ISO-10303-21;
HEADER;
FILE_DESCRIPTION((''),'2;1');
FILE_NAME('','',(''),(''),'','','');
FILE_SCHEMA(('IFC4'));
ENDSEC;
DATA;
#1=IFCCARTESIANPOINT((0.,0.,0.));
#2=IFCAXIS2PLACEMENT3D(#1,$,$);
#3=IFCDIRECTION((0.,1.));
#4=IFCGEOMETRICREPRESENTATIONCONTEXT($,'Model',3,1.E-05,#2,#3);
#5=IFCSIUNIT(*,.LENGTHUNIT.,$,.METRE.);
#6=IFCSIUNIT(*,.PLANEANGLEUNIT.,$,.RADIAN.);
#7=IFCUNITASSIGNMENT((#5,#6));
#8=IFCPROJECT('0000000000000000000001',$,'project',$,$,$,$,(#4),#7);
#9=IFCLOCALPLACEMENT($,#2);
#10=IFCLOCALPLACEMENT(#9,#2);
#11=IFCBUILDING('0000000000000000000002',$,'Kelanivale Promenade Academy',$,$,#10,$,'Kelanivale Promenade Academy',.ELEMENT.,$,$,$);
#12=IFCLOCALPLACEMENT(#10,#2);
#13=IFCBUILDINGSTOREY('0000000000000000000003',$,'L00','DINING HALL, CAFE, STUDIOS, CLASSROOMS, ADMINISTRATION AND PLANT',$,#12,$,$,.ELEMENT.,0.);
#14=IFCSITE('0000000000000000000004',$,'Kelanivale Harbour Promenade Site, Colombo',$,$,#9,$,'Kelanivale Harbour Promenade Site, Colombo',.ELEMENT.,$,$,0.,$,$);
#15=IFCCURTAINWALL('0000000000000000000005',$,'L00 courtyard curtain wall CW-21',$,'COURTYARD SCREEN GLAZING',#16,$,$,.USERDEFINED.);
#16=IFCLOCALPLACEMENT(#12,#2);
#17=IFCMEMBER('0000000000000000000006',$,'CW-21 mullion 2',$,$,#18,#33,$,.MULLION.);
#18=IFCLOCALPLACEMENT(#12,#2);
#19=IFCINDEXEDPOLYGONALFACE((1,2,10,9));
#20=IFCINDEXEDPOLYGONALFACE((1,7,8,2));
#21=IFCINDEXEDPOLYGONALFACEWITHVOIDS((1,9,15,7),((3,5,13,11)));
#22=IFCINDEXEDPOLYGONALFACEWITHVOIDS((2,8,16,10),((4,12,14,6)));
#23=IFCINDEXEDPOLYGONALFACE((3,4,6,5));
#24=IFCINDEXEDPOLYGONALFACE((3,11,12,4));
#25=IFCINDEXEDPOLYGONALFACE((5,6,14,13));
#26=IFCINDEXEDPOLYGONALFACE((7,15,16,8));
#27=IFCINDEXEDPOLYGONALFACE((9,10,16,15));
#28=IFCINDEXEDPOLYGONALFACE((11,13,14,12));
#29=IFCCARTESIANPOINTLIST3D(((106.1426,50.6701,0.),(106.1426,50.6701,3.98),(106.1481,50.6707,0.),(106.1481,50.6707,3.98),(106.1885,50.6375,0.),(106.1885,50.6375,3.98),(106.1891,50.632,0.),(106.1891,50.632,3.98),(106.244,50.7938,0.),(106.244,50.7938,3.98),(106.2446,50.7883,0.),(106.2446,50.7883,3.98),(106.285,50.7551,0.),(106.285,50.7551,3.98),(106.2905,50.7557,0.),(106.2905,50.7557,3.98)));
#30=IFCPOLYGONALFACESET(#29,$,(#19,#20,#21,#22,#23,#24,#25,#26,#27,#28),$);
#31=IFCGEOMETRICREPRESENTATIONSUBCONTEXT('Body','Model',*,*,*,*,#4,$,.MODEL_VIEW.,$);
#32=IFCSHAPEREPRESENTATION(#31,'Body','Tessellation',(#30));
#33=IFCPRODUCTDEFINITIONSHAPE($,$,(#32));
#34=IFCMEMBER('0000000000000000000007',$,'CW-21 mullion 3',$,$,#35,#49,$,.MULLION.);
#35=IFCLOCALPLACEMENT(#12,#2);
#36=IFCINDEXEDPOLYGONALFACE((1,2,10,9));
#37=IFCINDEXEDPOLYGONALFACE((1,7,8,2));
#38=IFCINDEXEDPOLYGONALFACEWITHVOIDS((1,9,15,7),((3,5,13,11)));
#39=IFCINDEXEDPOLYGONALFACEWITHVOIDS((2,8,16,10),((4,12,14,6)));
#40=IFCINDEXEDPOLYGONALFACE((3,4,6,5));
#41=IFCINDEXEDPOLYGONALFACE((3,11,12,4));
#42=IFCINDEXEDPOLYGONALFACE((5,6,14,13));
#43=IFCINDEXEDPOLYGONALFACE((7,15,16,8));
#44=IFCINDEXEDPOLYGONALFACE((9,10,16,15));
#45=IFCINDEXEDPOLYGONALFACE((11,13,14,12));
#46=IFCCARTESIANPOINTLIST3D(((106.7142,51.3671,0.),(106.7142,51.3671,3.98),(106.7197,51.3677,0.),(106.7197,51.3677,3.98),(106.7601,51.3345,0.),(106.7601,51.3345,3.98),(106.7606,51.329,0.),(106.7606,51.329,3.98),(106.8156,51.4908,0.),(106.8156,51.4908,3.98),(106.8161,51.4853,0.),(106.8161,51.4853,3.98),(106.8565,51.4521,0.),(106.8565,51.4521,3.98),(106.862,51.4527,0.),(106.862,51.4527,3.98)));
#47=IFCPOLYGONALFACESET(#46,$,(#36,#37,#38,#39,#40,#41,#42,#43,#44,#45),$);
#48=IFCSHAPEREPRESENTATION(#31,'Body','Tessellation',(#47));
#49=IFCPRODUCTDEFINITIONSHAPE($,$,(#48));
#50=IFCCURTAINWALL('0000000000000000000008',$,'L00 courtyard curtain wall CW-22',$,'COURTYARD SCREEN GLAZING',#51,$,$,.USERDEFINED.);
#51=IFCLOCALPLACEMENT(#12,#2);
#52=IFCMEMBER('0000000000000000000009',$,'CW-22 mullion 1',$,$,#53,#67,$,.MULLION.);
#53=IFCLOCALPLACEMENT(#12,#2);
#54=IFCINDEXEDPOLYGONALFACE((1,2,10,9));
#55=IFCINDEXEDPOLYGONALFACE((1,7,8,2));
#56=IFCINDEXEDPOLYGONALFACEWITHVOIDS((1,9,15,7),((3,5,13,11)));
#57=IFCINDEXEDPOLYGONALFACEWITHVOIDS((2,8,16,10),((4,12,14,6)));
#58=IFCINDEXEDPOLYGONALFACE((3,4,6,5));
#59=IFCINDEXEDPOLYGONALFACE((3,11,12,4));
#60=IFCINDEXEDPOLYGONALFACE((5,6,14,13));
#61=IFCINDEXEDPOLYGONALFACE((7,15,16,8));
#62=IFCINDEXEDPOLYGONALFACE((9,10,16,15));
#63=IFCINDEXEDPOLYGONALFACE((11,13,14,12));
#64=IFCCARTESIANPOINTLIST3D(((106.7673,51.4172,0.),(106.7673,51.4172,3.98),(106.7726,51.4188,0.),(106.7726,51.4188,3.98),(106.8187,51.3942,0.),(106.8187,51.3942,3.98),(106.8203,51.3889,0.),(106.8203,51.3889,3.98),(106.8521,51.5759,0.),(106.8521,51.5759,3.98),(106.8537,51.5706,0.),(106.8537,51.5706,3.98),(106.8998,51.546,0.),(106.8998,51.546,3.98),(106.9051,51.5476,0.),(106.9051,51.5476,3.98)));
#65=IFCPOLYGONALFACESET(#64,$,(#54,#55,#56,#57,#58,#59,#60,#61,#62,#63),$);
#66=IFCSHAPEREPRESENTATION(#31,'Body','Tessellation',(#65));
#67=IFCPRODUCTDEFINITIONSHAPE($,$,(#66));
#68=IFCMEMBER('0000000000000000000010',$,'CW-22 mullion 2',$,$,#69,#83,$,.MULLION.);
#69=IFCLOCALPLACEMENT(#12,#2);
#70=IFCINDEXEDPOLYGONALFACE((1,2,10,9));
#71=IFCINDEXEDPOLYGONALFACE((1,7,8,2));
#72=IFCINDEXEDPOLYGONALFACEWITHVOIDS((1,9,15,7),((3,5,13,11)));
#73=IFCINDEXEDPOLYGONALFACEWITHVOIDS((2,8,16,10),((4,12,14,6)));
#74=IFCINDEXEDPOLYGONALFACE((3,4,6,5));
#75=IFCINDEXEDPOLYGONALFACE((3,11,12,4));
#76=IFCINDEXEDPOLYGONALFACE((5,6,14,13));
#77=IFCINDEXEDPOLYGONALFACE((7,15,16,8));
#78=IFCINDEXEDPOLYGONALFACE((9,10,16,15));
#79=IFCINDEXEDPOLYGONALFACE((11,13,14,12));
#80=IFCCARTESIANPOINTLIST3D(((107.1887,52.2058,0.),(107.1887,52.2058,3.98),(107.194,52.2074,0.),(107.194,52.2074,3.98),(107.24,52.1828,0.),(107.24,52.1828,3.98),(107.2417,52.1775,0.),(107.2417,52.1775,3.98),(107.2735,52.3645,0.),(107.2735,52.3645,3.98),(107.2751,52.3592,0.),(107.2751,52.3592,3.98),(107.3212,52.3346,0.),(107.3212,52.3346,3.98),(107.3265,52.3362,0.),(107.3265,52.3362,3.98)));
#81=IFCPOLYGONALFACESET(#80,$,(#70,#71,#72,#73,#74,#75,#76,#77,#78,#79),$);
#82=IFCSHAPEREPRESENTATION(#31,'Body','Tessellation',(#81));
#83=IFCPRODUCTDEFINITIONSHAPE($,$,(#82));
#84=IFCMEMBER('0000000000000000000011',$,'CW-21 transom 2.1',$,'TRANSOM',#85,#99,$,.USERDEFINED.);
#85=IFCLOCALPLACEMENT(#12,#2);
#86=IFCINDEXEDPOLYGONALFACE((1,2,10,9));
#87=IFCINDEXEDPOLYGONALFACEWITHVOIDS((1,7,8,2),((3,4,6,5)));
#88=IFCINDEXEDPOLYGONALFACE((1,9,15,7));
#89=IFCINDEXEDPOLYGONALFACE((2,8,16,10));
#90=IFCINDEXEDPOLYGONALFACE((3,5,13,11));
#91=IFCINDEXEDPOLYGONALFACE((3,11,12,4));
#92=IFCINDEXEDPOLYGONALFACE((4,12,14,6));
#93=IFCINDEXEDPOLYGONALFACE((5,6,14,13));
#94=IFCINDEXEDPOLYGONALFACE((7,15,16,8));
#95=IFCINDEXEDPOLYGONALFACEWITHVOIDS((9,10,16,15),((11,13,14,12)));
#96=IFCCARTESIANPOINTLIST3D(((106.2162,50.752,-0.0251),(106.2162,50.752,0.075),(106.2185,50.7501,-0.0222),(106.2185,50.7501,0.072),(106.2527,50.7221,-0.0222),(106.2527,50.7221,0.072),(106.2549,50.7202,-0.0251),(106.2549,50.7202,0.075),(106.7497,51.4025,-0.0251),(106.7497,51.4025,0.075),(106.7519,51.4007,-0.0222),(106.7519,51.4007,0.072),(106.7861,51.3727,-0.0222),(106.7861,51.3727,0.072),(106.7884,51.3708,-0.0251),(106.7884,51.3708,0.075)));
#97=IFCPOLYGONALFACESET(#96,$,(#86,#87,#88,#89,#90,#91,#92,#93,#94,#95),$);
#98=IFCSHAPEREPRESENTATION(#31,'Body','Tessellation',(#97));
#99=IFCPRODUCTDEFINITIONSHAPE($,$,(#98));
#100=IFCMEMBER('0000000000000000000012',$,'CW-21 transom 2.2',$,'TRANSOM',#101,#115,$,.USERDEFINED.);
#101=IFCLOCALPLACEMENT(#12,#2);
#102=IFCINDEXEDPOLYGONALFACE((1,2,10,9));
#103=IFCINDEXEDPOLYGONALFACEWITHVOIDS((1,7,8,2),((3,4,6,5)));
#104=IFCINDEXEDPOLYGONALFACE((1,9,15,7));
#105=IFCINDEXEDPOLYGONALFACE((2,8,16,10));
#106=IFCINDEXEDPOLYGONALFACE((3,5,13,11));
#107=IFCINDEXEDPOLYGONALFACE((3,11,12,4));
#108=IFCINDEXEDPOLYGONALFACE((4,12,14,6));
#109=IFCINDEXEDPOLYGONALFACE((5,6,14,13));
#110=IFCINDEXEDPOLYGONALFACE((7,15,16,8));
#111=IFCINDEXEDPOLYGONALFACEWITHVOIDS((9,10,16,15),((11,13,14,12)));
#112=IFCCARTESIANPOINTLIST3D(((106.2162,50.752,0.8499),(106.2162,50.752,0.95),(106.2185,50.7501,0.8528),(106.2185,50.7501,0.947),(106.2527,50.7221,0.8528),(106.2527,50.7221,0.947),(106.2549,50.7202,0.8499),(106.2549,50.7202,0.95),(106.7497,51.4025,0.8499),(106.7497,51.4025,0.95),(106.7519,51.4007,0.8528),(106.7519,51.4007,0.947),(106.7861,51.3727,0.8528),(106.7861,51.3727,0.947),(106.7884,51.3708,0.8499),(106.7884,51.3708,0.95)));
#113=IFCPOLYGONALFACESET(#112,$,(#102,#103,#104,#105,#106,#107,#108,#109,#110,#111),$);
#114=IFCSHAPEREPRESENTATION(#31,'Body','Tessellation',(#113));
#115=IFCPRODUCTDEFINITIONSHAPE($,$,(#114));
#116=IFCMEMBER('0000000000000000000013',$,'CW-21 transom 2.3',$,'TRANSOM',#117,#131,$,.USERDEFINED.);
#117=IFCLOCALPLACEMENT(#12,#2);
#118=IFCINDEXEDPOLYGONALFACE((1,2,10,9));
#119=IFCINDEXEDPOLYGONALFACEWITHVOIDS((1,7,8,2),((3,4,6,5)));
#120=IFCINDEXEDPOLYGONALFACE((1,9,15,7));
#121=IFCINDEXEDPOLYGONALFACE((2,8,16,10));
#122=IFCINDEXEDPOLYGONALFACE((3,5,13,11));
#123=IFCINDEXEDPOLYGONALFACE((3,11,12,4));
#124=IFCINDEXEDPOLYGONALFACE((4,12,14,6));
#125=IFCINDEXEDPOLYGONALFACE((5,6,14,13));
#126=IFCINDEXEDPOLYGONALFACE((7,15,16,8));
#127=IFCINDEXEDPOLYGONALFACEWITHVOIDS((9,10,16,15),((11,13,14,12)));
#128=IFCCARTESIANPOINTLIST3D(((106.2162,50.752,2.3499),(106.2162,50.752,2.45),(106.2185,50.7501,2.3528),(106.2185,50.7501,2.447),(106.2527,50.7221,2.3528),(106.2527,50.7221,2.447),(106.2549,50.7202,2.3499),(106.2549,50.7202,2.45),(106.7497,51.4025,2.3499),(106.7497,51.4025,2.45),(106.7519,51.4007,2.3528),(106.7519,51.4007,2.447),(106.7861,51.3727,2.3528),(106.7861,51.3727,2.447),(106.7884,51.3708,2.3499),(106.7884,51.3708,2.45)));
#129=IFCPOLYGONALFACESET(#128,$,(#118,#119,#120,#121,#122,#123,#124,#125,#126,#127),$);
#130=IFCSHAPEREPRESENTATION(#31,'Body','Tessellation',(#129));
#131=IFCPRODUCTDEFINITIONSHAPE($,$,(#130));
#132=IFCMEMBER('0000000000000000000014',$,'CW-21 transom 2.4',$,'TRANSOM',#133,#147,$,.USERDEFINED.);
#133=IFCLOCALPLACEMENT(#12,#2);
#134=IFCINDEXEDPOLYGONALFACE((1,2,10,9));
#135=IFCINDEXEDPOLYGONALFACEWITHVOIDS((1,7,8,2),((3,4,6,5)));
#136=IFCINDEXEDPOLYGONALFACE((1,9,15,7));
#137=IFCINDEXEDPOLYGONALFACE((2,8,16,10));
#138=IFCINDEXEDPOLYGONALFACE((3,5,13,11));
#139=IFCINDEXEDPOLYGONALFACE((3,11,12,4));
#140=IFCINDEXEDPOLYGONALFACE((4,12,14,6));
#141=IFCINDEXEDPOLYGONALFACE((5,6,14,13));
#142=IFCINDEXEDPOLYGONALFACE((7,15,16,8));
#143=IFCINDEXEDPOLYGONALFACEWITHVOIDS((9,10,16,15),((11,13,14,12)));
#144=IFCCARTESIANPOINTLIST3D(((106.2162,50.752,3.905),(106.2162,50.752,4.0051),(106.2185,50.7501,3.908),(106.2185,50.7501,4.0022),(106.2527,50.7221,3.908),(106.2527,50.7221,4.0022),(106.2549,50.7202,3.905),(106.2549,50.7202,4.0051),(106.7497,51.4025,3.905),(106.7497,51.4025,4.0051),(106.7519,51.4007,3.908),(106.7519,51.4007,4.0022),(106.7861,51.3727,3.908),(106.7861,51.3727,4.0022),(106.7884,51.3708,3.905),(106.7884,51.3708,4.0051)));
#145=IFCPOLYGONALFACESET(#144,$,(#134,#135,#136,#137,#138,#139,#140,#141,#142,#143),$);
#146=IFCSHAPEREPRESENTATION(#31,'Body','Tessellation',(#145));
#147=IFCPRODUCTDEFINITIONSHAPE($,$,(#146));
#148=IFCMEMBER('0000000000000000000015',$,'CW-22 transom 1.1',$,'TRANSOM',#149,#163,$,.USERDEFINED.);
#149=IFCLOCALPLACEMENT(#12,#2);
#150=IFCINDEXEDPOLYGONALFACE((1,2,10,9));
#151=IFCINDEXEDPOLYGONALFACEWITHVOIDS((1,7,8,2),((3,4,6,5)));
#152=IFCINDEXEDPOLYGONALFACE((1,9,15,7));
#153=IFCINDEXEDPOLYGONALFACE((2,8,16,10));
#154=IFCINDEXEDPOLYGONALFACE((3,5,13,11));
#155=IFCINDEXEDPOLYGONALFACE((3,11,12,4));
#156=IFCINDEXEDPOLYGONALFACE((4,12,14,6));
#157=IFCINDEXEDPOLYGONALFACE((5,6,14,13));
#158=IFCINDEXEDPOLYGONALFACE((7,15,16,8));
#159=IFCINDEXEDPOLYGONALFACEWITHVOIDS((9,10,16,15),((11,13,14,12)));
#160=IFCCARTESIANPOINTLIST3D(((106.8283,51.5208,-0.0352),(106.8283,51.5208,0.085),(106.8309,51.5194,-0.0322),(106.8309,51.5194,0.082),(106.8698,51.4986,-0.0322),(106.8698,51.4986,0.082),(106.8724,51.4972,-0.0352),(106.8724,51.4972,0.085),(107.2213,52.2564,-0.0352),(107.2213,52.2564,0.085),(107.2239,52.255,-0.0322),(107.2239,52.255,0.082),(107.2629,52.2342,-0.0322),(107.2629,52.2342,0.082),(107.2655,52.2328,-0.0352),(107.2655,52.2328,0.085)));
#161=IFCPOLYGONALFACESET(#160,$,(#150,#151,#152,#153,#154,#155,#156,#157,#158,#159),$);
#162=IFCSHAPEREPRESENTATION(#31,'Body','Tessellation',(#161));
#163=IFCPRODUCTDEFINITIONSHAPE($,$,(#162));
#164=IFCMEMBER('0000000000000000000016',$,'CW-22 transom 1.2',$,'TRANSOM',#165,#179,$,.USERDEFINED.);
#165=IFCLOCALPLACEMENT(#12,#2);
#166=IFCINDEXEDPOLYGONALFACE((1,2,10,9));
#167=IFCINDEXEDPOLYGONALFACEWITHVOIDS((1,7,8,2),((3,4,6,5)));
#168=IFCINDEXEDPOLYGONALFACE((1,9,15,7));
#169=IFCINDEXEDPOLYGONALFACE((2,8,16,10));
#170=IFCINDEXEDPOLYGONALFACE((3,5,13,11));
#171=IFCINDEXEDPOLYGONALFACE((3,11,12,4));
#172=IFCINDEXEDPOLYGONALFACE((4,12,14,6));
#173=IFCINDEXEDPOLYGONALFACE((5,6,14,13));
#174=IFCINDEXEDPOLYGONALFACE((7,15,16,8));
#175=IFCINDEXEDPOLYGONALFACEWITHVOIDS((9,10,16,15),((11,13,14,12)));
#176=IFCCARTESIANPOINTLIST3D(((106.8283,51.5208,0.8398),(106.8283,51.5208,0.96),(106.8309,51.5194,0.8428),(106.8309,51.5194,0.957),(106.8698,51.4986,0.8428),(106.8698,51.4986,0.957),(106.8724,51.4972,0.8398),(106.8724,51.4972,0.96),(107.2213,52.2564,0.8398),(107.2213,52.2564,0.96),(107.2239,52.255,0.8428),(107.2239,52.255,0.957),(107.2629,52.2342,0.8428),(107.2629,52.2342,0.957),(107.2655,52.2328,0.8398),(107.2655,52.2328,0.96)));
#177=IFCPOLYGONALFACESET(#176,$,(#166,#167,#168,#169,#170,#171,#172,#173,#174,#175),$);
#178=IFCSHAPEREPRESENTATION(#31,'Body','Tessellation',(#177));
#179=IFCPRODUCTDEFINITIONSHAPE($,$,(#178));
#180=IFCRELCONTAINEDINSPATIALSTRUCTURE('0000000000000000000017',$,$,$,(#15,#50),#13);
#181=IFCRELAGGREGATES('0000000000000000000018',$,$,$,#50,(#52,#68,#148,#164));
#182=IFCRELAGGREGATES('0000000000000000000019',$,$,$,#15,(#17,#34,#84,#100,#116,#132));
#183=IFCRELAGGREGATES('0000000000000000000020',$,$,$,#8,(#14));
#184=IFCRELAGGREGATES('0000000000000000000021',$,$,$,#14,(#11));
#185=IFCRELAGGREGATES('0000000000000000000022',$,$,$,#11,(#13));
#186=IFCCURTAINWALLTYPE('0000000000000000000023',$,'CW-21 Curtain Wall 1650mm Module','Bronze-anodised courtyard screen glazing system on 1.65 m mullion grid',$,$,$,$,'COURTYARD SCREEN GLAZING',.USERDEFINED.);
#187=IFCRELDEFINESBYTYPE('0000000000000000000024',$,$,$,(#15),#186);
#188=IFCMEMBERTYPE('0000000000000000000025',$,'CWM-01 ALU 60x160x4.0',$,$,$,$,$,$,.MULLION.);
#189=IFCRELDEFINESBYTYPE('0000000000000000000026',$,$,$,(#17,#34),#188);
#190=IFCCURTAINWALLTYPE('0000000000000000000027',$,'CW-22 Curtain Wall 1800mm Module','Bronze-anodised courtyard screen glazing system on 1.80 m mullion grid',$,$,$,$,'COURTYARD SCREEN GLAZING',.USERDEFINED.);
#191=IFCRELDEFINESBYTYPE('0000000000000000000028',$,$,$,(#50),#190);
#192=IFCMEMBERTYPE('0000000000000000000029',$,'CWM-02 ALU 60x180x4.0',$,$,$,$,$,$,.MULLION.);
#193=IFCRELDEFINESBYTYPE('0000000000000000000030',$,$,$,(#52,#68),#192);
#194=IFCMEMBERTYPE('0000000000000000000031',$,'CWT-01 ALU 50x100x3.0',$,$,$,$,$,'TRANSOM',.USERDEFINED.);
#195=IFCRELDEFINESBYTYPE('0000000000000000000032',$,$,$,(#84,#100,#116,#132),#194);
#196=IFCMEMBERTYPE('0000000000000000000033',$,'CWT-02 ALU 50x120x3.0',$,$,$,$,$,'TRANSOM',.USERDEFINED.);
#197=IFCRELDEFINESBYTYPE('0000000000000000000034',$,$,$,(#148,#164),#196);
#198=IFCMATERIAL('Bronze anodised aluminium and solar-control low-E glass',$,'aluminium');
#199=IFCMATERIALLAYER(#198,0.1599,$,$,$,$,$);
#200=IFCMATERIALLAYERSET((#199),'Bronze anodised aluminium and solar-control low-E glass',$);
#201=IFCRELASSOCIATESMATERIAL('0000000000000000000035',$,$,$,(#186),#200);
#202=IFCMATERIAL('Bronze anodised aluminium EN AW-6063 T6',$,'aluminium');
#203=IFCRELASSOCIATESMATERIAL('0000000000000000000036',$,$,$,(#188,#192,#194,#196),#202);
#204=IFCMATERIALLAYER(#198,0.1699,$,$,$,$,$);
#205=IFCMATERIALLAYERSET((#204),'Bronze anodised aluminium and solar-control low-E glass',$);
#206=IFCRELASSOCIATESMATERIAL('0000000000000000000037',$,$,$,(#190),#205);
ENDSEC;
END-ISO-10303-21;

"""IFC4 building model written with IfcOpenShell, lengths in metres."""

from ifc_helpers import new_model, si_unit, direction, frame, origin, origin_2d, place, context, subcontext, project, spatial, hollow_rectangle, extrude, material, layer, layer_set, material_profile, profile_set, type_object, element, aggregate, save


model = new_model("IFC4")

# Units and contexts
model_context = context("Model", 3, precision=1e-05, world=origin(), true_north=direction((0.0, 1.0)))
body_context = subcontext(model_context, "Body", "Model", "MODEL_VIEW")
ifc_project = project(units=[si_unit("LENGTHUNIT", "METRE"), si_unit("PLANEANGLEUNIT", "RADIAN")], contexts=[model_context])

# Site, building, storey
site_placement = place(None, origin())
site = spatial("IfcSite", under=ifc_project, at=site_placement, Name="Kelanivale Harbour Promenade Site, Colombo", LongName="Kelanivale Harbour Promenade Site, Colombo", CompositionType="ELEMENT", RefElevation=0.0)
building_placement = place(site_placement, origin())
building = spatial("IfcBuilding", under=site, at=building_placement, Name="Kelanivale Promenade Academy", LongName="Kelanivale Promenade Academy", CompositionType="ELEMENT")
storey_placement = place(building_placement, origin())
storey = spatial("IfcBuildingStorey", under=building, at=storey_placement, Name="L00", Description="DINING HALL, CAFE, STUDIOS, CLASSROOMS, ADMINISTRATION AND PLANT", CompositionType="ELEMENT", Elevation=0.0)

# Curtain walls, members
ifc_material_1 = material(Name="Bronze anodised aluminium and solar-control low-E glass", Category="aluminium")
ifc_layer_1 = layer(ifc_material_1, 0.1599)
ifc_layer_set_1 = layer_set([ifc_layer_1], Name="Bronze anodised aluminium and solar-control low-E glass")
curtain_wall_type_1 = type_object("IfcCurtainWallType", Name="CW-21 Curtain Wall 1650mm Module", Description="Bronze-anodised courtyard screen glazing system on 1.65 m mullion grid", ElementType="COURTYARD SCREEN GLAZING", PredefinedType="USERDEFINED", material=ifc_layer_set_1)
curtain_wall_1_placement = place(storey_placement, origin())
curtain_wall_1 = element("IfcCurtainWall", 1, at=curtain_wall_1_placement, inside=storey, type_object=curtain_wall_type_1, Name="L00 courtyard curtain wall CW-21", ObjectType="COURTYARD SCREEN GLAZING", PredefinedType="USERDEFINED")
ifc_material_2 = material(Name="Bronze anodised aluminium EN AW-6063 T6", Category="aluminium")
ifc_material_profile_1 = material_profile(ifc_material_2, hollow_rectangle(XDim=0.0601, YDim=0.1599, WallThickness=0.0039, at=origin_2d()), Name="ALU 60x160x4.0")
ifc_profile_set_1 = profile_set([ifc_material_profile_1], Name="Bronze anodised aluminium EN AW-6063 T6")
member_type_1 = type_object("IfcMemberType", Name="CWM-01 ALU 60x160x4.0", PredefinedType="MULLION", material=ifc_profile_set_1)
member_1_placement = place(storey_placement, frame((106.2166, 50.7129, 0.0), z_axis=(0.0, 0.0, 1.0), x_axis=(-0.773215, 0.634144, 0.0)))
member_1 = element("IfcMember", 2, at=member_1_placement, type_object=member_type_1, Name="CW-21 mullion 2", PredefinedType="MULLION", context=body_context, shape_type="SweptSolid", body=[
    extrude(hollow_rectangle(XDim=0.0601, YDim=0.1599, WallThickness=0.0039, at=origin_2d()), origin(), (0.0, 0.0, 1.0), 3.98),
])
member_2_placement = place(storey_placement, frame((106.7881, 51.4099, 0.0), z_axis=(0.0, 0.0, 1.0), x_axis=(-0.773215, 0.634144, 0.0)))
member_2 = element("IfcMember", 3, at=member_2_placement, type_object=member_type_1, Name="CW-21 mullion 3", PredefinedType="MULLION", context=body_context, shape_type="SweptSolid", body=[
    extrude(hollow_rectangle(XDim=0.0601, YDim=0.1599, WallThickness=0.0039, at=origin_2d()), origin(), (0.0, 0.0, 1.0), 3.98),
])
ifc_layer_2 = layer(ifc_material_1, 0.1699)
ifc_layer_set_2 = layer_set([ifc_layer_2], Name="Bronze anodised aluminium and solar-control low-E glass")
curtain_wall_type_2 = type_object("IfcCurtainWallType", Name="CW-22 Curtain Wall 1800mm Module", Description="Bronze-anodised courtyard screen glazing system on 1.80 m mullion grid", ElementType="COURTYARD SCREEN GLAZING", PredefinedType="USERDEFINED", material=ifc_layer_set_2)
curtain_wall_2_placement = place(storey_placement, origin())
curtain_wall_2 = element("IfcCurtainWall", 4, at=curtain_wall_2_placement, inside=storey, type_object=curtain_wall_type_2, Name="L00 courtyard curtain wall CW-22", ObjectType="COURTYARD SCREEN GLAZING", PredefinedType="USERDEFINED")
ifc_material_profile_2 = material_profile(ifc_material_2, hollow_rectangle(XDim=0.0601, YDim=0.1799, WallThickness=0.0039, at=origin_2d()), Name="ALU 60x180x4.0")
ifc_profile_set_2 = profile_set([ifc_material_profile_2], Name="Bronze anodised aluminium EN AW-6063 T6")
member_type_2 = type_object("IfcMemberType", Name="CWM-02 ALU 60x180x4.0", PredefinedType="MULLION", material=ifc_profile_set_2)
member_3_placement = place(storey_placement, frame((106.8362, 51.4824, 0.0), z_axis=(0.0, 0.0, 1.0), x_axis=(-0.881978, 0.47129, 0.0)))
member_3 = element("IfcMember", 5, at=member_3_placement, type_object=member_type_2, Name="CW-22 mullion 1", PredefinedType="MULLION", context=body_context, shape_type="SweptSolid", body=[
    extrude(hollow_rectangle(XDim=0.0601, YDim=0.1799, WallThickness=0.0039, at=origin_2d()), origin(), (0.0, 0.0, 1.0), 3.98),
])
member_4_placement = place(storey_placement, frame((107.2576, 52.271, 0.0), z_axis=(0.0, 0.0, 1.0), x_axis=(-0.881978, 0.47129, 0.0)))
member_4 = element("IfcMember", 6, at=member_4_placement, type_object=member_type_2, Name="CW-22 mullion 2", PredefinedType="MULLION", context=body_context, shape_type="SweptSolid", body=[
    extrude(hollow_rectangle(XDim=0.0601, YDim=0.1799, WallThickness=0.0039, at=origin_2d()), origin(), (0.0, 0.0, 1.0), 3.98),
])

# Members
ifc_material_profile_3 = material_profile(ifc_material_2, hollow_rectangle(XDim=0.05, YDim=0.1001, WallThickness=0.0029, at=origin_2d()), Name="ALU 50x100x3.0")
ifc_profile_set_3 = profile_set([ifc_material_profile_3], Name="Bronze anodised aluminium EN AW-6063 T6")
member_type_3 = type_object("IfcMemberType", Name="CWT-01 ALU 50x100x3.0", ElementType="TRANSOM", PredefinedType="USERDEFINED", material=ifc_profile_set_3)
member_5_placement = place(storey_placement, frame((106.2356, 50.7361, 0.0249), z_axis=(0.634028, 0.77331, 0.0), x_axis=(-0.77331, 0.634028, 0.0)))
member_5 = element("IfcMember", 7, at=member_5_placement, type_object=member_type_3, Name="CW-21 transom 2.1", ObjectType="TRANSOM", PredefinedType="USERDEFINED", context=body_context, shape_type="SweptSolid", body=[
    extrude(hollow_rectangle(XDim=0.05, YDim=0.1001, WallThickness=0.0029, at=origin_2d()), origin(), (0.0, 0.0, 1.0), 0.8413),
])
member_6_placement = place(storey_placement, frame((106.2356, 50.7361, 0.8999), z_axis=(0.634028, 0.77331, 0.0), x_axis=(-0.77331, 0.634028, 0.0)))
member_6 = element("IfcMember", 8, at=member_6_placement, type_object=member_type_3, Name="CW-21 transom 2.2", ObjectType="TRANSOM", PredefinedType="USERDEFINED", context=body_context, shape_type="SweptSolid", body=[
    extrude(hollow_rectangle(XDim=0.05, YDim=0.1001, WallThickness=0.0029, at=origin_2d()), origin(), (0.0, 0.0, 1.0), 0.8413),
])
member_7_placement = place(storey_placement, frame((106.2356, 50.7361, 2.3999), z_axis=(0.634028, 0.77331, 0.0), x_axis=(-0.77331, 0.634028, 0.0)))
member_7 = element("IfcMember", 9, at=member_7_placement, type_object=member_type_3, Name="CW-21 transom 2.3", ObjectType="TRANSOM", PredefinedType="USERDEFINED", context=body_context, shape_type="SweptSolid", body=[
    extrude(hollow_rectangle(XDim=0.05, YDim=0.1001, WallThickness=0.0029, at=origin_2d()), origin(), (0.0, 0.0, 1.0), 0.8413),
])
member_8_placement = place(storey_placement, frame((106.2356, 50.7361, 3.9551), z_axis=(0.634028, 0.77331, 0.0), x_axis=(-0.77331, 0.634028, 0.0)))
member_8 = element("IfcMember", 10, at=member_8_placement, type_object=member_type_3, Name="CW-21 transom 2.4", ObjectType="TRANSOM", PredefinedType="USERDEFINED", context=body_context, shape_type="SweptSolid", body=[
    extrude(hollow_rectangle(XDim=0.05, YDim=0.1001, WallThickness=0.0029, at=origin_2d()), origin(), (0.0, 0.0, 1.0), 0.8413),
])
ifc_material_profile_4 = material_profile(ifc_material_2, hollow_rectangle(XDim=0.05, YDim=0.1201, WallThickness=0.0029, at=origin_2d()), Name="ALU 50x120x3.0")
ifc_profile_set_4 = profile_set([ifc_material_profile_4], Name="Bronze anodised aluminium EN AW-6063 T6")
member_type_4 = type_object("IfcMemberType", Name="CWT-02 ALU 50x120x3.0", ElementType="TRANSOM", PredefinedType="USERDEFINED", material=ifc_profile_set_4)
member_9_placement = place(storey_placement, frame((106.8503, 51.509, 0.0249), z_axis=(0.471287, 0.88198, 0.0), x_axis=(-0.88198, 0.471287, 0.0)))
member_9 = element("IfcMember", 11, at=member_9_placement, type_object=member_type_4, Name="CW-22 transom 1.1", ObjectType="TRANSOM", PredefinedType="USERDEFINED", context=body_context, shape_type="SweptSolid", body=[
    extrude(hollow_rectangle(XDim=0.05, YDim=0.1201, WallThickness=0.0029, at=origin_2d()), origin(), (0.0, 0.0, 1.0), 0.834),
])
member_10_placement = place(storey_placement, frame((106.8503, 51.509, 0.8999), z_axis=(0.471287, 0.88198, 0.0), x_axis=(-0.88198, 0.471287, 0.0)))
member_10 = element("IfcMember", 12, at=member_10_placement, type_object=member_type_4, Name="CW-22 transom 1.2", ObjectType="TRANSOM", PredefinedType="USERDEFINED", context=body_context, shape_type="SweptSolid", body=[
    extrude(hollow_rectangle(XDim=0.05, YDim=0.1201, WallThickness=0.0029, at=origin_2d()), origin(), (0.0, 0.0, 1.0), 0.834),
])

aggregate(curtain_wall_2, [member_3, member_4, member_9, member_10])
aggregate(curtain_wall_1, [member_1, member_2, member_5, member_6, member_7, member_8])

save(model, "model.ifc")
